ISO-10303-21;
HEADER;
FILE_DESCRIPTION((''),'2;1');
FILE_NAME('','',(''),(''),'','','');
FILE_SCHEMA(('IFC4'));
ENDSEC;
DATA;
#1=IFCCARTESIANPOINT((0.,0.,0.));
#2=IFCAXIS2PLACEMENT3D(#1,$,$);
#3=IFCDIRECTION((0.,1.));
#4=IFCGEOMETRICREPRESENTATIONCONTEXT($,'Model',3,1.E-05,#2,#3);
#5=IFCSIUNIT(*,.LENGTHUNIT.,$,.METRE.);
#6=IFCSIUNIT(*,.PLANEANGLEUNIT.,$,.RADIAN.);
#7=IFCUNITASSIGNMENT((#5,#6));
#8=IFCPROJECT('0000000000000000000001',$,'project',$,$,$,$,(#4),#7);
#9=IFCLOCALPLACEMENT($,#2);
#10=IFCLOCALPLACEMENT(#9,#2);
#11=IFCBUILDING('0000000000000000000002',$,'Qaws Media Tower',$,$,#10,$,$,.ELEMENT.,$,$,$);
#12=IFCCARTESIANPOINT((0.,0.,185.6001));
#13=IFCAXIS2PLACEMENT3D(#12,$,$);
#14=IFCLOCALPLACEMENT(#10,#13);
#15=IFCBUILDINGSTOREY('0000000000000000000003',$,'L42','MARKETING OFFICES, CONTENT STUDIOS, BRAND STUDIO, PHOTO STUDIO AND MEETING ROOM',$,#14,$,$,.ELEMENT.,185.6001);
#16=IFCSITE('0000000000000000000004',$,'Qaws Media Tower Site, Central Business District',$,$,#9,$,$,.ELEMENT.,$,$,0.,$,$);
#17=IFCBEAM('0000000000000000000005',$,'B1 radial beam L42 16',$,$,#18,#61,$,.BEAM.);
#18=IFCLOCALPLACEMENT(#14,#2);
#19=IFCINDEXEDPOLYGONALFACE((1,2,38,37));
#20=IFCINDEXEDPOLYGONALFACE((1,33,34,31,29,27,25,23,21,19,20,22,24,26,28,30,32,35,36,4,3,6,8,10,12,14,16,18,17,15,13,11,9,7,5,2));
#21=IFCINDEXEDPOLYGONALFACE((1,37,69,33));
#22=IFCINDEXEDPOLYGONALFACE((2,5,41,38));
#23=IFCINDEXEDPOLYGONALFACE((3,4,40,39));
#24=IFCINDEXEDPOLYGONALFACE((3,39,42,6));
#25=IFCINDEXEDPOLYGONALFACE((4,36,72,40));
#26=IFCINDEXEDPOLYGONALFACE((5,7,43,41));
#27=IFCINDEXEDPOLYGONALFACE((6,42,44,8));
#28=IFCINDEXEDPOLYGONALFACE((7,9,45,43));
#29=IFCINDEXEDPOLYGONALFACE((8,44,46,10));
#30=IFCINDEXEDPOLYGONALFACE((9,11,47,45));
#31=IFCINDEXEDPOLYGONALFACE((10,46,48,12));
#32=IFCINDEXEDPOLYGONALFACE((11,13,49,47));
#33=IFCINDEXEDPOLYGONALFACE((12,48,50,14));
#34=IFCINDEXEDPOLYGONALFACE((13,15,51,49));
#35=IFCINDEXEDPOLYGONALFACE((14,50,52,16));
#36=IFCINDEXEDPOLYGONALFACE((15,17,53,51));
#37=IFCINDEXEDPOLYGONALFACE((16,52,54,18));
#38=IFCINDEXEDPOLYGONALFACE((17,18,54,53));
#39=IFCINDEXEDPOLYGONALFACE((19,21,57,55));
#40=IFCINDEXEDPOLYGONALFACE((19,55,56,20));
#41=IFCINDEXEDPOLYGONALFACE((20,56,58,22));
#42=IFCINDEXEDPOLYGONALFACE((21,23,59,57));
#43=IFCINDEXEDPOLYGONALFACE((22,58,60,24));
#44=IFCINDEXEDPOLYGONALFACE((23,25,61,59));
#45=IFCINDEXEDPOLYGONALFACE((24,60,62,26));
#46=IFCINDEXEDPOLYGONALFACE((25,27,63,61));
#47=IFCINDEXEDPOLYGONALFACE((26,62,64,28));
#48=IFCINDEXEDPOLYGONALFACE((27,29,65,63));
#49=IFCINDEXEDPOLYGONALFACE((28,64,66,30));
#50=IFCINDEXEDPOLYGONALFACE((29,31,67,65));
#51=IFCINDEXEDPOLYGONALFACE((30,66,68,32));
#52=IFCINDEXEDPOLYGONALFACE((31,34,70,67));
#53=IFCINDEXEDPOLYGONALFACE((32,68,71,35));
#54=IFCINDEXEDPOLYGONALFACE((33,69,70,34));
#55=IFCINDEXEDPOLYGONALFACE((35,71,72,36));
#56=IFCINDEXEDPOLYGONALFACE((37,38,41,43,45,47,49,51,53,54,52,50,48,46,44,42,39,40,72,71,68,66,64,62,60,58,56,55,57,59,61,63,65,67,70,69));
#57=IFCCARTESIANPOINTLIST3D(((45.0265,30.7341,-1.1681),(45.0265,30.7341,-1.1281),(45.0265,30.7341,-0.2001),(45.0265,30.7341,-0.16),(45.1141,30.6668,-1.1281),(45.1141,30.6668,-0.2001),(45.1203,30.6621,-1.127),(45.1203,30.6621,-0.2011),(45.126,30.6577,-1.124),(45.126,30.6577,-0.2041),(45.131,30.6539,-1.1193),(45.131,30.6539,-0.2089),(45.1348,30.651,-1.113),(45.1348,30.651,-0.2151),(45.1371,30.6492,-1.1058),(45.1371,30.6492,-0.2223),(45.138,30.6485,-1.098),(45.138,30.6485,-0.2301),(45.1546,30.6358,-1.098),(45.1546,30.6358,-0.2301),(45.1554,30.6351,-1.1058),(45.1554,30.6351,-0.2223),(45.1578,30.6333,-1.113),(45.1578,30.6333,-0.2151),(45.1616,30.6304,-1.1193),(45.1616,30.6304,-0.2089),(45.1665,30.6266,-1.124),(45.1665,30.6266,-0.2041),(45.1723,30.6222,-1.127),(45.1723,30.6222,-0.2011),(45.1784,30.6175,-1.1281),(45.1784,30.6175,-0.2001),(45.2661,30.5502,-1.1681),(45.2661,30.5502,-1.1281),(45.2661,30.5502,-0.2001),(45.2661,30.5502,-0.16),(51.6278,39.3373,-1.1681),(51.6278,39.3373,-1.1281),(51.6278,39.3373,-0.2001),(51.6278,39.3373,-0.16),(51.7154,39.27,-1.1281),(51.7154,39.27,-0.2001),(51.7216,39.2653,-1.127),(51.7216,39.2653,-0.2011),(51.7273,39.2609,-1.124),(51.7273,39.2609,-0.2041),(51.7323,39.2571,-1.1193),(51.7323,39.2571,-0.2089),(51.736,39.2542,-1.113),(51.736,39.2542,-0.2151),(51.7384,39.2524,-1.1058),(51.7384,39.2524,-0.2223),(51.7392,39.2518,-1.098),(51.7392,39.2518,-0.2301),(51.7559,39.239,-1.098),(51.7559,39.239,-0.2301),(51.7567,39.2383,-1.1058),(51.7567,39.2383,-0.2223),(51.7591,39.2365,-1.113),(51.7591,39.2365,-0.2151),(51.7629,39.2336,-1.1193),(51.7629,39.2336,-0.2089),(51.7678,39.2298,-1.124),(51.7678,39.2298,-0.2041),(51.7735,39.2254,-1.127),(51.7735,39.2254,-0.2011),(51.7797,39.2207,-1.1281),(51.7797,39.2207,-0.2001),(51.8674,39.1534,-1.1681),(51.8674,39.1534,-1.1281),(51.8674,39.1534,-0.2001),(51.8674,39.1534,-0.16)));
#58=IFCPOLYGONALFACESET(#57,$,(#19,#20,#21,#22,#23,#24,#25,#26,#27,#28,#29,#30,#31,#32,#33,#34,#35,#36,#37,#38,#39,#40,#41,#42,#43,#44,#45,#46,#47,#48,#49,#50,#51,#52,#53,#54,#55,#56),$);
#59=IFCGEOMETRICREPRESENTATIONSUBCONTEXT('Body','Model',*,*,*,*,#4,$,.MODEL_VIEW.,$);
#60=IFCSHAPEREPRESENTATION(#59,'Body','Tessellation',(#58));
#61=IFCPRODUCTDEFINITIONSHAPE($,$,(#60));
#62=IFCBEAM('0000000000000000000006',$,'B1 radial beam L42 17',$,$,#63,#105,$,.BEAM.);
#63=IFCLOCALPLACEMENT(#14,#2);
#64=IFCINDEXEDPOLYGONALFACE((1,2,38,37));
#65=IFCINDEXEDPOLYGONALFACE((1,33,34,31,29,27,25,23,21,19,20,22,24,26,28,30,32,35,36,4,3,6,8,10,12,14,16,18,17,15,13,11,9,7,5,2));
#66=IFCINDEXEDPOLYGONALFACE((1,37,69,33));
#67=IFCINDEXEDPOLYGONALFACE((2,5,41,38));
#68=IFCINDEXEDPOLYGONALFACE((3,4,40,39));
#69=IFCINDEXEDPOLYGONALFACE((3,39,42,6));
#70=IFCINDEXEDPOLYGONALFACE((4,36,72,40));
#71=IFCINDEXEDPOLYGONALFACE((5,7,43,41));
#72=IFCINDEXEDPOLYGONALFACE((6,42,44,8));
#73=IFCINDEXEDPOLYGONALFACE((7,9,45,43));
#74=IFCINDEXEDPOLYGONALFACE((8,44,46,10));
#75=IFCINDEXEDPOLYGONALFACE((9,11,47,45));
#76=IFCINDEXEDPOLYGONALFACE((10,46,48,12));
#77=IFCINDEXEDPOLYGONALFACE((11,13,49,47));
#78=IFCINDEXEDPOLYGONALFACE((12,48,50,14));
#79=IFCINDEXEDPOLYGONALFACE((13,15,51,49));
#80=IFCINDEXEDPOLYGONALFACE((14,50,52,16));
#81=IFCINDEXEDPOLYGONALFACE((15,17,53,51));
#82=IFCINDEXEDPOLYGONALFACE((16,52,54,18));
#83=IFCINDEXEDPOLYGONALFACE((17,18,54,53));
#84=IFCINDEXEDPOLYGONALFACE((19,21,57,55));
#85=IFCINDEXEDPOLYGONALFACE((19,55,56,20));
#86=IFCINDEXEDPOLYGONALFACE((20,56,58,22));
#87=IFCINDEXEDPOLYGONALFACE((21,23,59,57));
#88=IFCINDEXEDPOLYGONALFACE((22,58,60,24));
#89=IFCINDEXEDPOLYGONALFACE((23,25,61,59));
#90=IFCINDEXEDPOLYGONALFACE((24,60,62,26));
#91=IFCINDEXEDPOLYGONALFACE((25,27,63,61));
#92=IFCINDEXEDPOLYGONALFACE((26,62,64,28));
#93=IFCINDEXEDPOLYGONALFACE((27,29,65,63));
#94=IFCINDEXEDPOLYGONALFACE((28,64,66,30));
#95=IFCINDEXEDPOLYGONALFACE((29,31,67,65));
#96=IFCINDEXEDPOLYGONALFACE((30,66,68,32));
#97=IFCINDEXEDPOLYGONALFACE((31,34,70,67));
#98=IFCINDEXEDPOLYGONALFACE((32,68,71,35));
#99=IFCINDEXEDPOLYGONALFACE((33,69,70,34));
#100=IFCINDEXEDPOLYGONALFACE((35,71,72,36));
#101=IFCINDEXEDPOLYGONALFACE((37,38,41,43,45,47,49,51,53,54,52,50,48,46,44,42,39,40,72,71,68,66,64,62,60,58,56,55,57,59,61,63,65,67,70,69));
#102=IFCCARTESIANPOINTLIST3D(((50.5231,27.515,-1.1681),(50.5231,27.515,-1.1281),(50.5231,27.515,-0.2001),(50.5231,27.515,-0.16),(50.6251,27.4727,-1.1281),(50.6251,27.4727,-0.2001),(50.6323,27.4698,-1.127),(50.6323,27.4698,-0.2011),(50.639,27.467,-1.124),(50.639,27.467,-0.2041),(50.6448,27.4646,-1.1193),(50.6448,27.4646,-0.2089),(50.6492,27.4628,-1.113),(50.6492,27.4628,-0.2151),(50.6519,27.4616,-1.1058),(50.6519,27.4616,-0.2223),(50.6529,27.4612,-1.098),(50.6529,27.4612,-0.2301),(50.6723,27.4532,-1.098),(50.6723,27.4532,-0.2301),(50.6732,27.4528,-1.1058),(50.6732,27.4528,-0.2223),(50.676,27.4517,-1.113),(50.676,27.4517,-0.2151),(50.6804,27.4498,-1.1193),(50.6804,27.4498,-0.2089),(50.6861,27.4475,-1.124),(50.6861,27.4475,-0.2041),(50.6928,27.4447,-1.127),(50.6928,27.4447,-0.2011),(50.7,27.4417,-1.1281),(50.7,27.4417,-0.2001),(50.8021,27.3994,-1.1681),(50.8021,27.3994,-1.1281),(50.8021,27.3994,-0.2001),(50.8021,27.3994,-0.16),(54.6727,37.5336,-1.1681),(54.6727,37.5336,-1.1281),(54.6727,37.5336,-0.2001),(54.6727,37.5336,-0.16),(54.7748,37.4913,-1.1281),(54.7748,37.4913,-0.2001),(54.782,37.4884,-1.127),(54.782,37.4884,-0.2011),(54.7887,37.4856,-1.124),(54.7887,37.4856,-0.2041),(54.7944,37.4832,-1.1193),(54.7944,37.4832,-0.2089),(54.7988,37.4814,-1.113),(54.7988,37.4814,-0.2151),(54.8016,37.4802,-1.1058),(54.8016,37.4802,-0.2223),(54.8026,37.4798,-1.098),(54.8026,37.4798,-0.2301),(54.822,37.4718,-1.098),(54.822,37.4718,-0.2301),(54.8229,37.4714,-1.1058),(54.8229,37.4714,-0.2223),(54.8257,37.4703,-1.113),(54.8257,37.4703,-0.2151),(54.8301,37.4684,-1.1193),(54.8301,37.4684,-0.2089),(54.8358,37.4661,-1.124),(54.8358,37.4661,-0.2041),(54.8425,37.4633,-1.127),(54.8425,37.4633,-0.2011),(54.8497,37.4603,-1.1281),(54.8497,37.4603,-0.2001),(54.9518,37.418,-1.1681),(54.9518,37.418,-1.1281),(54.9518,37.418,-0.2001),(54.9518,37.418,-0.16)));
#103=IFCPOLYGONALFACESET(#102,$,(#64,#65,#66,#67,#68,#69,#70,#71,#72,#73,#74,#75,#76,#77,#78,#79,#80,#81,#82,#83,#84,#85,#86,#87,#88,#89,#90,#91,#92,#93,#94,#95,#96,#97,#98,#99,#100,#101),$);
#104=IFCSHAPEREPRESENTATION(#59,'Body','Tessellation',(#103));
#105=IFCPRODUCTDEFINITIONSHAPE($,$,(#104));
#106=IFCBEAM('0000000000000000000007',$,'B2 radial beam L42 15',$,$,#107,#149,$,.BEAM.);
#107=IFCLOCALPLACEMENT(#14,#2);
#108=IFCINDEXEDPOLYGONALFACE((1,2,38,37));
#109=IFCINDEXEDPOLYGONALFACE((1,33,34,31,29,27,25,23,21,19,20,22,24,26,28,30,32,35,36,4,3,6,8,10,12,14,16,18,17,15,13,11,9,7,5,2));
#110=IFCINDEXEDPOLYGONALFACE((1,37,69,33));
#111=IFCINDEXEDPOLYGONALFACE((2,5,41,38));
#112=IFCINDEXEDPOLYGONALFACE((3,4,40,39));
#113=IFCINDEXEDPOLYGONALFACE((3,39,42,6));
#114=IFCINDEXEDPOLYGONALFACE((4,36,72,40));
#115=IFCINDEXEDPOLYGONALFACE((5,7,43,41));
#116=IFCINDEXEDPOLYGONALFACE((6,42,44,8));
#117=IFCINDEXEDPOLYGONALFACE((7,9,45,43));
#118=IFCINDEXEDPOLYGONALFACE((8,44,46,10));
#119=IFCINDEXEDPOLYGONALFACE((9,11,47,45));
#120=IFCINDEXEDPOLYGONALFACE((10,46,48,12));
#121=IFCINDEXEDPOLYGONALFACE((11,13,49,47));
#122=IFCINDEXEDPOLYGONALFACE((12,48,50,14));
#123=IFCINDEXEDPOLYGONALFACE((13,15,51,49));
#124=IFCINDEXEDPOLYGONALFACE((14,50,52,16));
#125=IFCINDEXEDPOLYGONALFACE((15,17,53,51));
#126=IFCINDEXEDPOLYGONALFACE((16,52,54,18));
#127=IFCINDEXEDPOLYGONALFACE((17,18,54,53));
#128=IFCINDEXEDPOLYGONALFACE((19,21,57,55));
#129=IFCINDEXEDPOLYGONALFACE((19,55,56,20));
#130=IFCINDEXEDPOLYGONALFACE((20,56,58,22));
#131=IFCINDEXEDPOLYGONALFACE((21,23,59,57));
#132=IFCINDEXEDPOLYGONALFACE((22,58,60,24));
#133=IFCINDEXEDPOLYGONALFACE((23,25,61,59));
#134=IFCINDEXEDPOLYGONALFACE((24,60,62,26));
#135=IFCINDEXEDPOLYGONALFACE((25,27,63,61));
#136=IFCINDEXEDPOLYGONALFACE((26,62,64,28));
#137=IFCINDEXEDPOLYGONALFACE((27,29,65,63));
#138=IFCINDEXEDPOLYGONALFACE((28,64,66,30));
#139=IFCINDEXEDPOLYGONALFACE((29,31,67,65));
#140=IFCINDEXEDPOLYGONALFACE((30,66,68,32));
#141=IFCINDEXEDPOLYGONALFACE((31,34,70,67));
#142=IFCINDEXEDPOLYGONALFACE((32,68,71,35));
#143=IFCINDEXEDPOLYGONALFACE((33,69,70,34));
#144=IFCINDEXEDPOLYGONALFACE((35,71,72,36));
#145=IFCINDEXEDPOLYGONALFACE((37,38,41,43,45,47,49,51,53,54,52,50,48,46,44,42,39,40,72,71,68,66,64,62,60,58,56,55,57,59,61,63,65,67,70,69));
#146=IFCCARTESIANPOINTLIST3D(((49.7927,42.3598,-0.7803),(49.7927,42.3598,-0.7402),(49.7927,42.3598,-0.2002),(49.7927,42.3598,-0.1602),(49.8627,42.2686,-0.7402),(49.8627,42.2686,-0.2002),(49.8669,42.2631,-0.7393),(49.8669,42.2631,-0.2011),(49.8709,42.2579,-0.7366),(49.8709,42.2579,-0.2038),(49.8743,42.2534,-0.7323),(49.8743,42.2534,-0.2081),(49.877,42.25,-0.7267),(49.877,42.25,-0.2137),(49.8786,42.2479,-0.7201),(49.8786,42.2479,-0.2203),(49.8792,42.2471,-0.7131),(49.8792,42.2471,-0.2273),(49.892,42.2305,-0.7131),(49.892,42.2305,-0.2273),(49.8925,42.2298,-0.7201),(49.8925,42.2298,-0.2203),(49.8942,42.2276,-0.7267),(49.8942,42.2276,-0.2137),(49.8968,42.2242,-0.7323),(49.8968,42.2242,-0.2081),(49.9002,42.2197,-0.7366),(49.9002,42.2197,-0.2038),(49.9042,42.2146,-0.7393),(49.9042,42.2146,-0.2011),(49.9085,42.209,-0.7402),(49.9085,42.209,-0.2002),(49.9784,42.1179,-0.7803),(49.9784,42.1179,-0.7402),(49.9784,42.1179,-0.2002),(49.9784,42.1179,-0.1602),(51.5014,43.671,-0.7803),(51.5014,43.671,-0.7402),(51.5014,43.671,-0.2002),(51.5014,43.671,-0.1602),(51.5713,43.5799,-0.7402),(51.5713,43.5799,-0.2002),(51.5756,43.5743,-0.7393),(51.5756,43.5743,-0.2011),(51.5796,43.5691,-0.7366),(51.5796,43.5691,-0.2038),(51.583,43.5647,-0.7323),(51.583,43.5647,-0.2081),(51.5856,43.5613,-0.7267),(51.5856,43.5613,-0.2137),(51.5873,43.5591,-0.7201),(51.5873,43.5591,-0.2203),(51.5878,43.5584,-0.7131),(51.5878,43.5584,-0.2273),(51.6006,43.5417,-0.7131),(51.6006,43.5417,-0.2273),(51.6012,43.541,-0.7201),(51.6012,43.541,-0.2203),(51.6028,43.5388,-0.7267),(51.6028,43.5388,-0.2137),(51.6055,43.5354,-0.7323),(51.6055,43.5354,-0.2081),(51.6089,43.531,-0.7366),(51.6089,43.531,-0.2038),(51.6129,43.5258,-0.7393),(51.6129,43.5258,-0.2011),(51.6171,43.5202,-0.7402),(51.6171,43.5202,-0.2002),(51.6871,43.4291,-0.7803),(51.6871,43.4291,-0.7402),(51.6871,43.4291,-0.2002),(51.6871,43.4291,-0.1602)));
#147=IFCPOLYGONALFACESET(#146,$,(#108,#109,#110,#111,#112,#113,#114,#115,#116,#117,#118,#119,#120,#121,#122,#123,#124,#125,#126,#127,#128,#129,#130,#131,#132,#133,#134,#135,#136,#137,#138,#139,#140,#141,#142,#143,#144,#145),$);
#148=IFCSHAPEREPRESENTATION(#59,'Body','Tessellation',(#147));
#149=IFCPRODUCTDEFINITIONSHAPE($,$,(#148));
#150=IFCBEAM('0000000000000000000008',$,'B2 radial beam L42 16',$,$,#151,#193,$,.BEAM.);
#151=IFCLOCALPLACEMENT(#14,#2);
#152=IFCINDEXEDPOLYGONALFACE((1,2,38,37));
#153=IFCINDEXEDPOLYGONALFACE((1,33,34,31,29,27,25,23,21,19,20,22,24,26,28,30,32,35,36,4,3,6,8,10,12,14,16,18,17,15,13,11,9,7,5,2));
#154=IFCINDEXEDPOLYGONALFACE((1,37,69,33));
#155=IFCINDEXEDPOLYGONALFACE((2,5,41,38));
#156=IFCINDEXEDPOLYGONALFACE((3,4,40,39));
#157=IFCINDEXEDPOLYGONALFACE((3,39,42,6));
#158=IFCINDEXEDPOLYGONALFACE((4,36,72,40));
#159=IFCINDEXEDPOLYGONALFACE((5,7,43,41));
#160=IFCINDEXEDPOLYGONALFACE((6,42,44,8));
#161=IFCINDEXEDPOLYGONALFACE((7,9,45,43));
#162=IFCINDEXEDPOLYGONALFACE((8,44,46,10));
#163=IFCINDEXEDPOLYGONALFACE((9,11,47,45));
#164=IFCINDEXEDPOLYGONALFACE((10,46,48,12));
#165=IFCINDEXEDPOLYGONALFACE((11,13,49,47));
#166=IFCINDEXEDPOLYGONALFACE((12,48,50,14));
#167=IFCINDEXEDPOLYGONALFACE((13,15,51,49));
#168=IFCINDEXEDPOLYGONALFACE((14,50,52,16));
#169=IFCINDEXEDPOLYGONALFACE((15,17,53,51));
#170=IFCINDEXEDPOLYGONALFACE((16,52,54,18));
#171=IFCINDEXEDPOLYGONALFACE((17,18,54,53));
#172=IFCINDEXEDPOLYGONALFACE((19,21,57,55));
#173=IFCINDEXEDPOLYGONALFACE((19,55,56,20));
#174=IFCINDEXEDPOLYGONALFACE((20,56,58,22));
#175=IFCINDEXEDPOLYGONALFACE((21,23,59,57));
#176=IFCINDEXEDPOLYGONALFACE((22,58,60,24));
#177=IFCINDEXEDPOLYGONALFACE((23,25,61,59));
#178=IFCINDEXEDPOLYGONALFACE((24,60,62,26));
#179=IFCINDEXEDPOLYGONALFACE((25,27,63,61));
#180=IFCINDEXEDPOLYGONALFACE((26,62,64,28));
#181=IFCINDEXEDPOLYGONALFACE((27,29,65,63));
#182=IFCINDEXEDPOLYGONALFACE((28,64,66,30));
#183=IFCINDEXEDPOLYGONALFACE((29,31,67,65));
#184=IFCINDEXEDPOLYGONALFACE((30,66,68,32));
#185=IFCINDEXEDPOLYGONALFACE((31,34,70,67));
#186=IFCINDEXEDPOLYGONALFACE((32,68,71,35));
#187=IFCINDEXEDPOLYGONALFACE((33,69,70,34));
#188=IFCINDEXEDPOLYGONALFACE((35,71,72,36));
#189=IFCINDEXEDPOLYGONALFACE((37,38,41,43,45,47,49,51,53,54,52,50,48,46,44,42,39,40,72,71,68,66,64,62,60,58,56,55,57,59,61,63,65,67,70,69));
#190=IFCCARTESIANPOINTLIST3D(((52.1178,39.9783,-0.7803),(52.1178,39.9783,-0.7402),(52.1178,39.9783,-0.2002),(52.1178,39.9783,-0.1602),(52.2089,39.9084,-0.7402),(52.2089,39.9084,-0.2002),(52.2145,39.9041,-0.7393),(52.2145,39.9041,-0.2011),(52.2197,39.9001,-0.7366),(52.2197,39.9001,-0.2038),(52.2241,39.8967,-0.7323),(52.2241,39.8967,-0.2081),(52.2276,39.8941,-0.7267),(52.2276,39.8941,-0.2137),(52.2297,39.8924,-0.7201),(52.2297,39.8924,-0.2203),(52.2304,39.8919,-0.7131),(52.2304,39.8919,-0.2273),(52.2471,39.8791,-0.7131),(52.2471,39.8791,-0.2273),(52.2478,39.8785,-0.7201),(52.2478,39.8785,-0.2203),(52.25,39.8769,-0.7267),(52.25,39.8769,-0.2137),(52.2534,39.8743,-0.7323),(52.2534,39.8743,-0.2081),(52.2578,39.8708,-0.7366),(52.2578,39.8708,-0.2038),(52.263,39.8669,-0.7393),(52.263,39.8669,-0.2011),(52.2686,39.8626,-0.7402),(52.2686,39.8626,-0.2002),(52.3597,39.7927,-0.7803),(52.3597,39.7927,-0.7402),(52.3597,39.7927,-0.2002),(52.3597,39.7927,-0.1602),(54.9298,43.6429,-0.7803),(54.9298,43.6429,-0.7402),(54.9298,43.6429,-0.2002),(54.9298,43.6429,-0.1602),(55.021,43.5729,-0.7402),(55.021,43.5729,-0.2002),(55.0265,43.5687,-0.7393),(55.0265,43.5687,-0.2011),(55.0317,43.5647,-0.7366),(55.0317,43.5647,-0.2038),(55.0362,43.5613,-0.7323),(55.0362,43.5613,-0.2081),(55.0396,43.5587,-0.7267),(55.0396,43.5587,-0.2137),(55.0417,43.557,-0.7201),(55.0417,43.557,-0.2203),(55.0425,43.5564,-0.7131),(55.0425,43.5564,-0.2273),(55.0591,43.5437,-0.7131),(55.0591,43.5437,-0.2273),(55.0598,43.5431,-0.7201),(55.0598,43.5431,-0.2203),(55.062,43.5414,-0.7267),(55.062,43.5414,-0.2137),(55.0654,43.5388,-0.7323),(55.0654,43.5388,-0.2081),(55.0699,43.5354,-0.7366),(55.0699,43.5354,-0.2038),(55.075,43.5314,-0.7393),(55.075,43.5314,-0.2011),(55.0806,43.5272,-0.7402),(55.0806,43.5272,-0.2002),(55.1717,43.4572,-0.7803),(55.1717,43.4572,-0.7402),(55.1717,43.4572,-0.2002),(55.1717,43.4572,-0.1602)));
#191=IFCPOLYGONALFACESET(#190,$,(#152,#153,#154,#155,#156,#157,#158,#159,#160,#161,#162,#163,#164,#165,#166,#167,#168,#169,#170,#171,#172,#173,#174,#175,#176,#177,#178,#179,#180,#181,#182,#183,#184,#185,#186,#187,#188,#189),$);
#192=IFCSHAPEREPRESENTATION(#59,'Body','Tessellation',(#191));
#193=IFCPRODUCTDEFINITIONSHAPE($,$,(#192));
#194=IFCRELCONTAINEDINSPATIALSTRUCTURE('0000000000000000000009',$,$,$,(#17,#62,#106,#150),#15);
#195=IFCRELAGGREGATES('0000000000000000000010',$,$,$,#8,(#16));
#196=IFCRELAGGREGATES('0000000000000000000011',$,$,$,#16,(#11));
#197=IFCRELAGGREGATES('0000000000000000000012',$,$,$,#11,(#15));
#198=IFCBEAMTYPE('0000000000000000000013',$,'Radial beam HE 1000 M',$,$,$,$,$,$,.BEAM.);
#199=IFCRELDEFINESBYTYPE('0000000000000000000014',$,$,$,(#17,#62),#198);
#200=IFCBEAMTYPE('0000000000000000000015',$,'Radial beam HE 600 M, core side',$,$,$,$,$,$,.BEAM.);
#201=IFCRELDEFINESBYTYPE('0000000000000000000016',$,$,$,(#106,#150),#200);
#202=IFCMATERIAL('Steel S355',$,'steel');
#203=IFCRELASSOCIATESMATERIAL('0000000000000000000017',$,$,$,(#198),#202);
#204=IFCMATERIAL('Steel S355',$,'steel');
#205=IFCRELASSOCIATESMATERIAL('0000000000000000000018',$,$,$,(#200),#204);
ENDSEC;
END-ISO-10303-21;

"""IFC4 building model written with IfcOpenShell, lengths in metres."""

from ifc_helpers import new_model, si_unit, direction, frame, origin, origin_2d, place, context, subcontext, project, spatial, i_section, extrude, material, material_profile, profile_set, type_object, element, save


model = new_model("IFC4")

# Units and contexts
model_context = context("Model", 3, precision=1e-05, world=origin(), true_north=direction((0.0, 1.0)))
body_context = subcontext(model_context, "Body", "Model", "MODEL_VIEW")
ifc_project = project(units=[si_unit("LENGTHUNIT", "METRE"), si_unit("PLANEANGLEUNIT", "RADIAN")], contexts=[model_context])

# Site, building, storey
site_placement = place(None, origin())
site = spatial("IfcSite", under=ifc_project, at=site_placement, Name="Qaws Media Tower Site, Central Business District", CompositionType="ELEMENT", RefElevation=0.0)
building_placement = place(site_placement, origin())
building = spatial("IfcBuilding", under=site, at=building_placement, Name="Qaws Media Tower", CompositionType="ELEMENT")
storey_placement = place(building_placement, frame((0.0, 0.0, 185.6001)))
storey = spatial("IfcBuildingStorey", under=building, at=storey_placement, Name="L42", Description="MARKETING OFFICES, CONTENT STUDIOS, BRAND STUDIO, PHOTO STUDIO AND MEETING ROOM", CompositionType="ELEMENT", Elevation=185.6001)

# Beams
ifc_material_1 = material(Name="Steel S355", Category="steel")
ifc_material_profile_1 = material_profile(ifc_material_1, i_section(OverallWidth=0.302, OverallDepth=1.0081, WebThickness=0.021, FlangeThickness=0.04, FilletRadius=0.03, at=origin_2d()), Name="HE 1000 M")
ifc_profile_set_1 = profile_set([ifc_material_profile_1], Name="Steel S355")
beam_type_1 = type_object("IfcBeamType", Name="Radial beam HE 1000 M", PredefinedType="BEAM", material=ifc_profile_set_1)
for number, where, z_axis, x_axis, name in (
    (1, (51.7476, 39.2454, -0.6641), (-0.60875, -0.793362, 0.0), (0.793362, -0.60875, 0.0), "B1 radial beam L42 16"),
    (2, (54.8123, 37.4758, -0.6641), (-0.382671, -0.923885, 0.0), (0.923885, -0.382671, 0.0), "B1 radial beam L42 17"),
):
    element("IfcBeam", number, at=place(storey_placement, frame(where, z_axis=z_axis, x_axis=x_axis)), inside=storey, type_object=beam_type_1, Name=name, PredefinedType="BEAM", context=body_context, shape_type="SweptSolid", body=[
        extrude(i_section(OverallWidth=0.302, OverallDepth=1.0081, WebThickness=0.021, FlangeThickness=0.04, FilletRadius=0.03, at=origin_2d()), origin(), (0.0, 0.0, 1.0), 10.844),
    ])
ifc_material_2 = material(Name="Steel S355", Category="steel")
ifc_material_profile_2 = material_profile(ifc_material_2, i_section(OverallWidth=0.3049, OverallDepth=0.6201, WebThickness=0.021, FlangeThickness=0.04, FilletRadius=0.0271, at=origin_2d()), Name="HE 600 M")
ifc_profile_set_2 = profile_set([ifc_material_profile_2], Name="Steel S355")
beam_type_2 = type_object("IfcBeamType", Name="Radial beam HE 600 M, core side", PredefinedType="BEAM", material=ifc_profile_set_2)
beam_1_placement = place(storey_placement, frame((51.5942, 43.55, -0.4702), z_axis=(-0.793327, -0.608796, 0.0), x_axis=(0.608796, -0.793327, 0.0)))
element("IfcBeam", 3, at=beam_1_placement, inside=storey, type_object=beam_type_2, Name="B2 radial beam L42 15", PredefinedType="BEAM", context=body_context, shape_type="SweptSolid", body=[
    extrude(i_section(OverallWidth=0.3049, OverallDepth=0.6201, WebThickness=0.021, FlangeThickness=0.04, FilletRadius=0.0271, at=origin_2d()), origin(), (0.0, 0.0, 1.0), 2.1538),
])
beam_2_placement = place(storey_placement, frame((55.0508, 43.55, -0.4702), z_axis=(-0.608775, -0.793343, 0.0), x_axis=(0.793343, -0.608775, 0.0)))
element("IfcBeam", 4, at=beam_2_placement, inside=storey, type_object=beam_type_2, Name="B2 radial beam L42 16", PredefinedType="BEAM", context=body_context, shape_type="SweptSolid", body=[
    extrude(i_section(OverallWidth=0.3049, OverallDepth=0.6201, WebThickness=0.021, FlangeThickness=0.04, FilletRadius=0.0271, at=origin_2d()), origin(), (0.0, 0.0, 1.0), 4.6191),
])

save(model, "model.ifc")
